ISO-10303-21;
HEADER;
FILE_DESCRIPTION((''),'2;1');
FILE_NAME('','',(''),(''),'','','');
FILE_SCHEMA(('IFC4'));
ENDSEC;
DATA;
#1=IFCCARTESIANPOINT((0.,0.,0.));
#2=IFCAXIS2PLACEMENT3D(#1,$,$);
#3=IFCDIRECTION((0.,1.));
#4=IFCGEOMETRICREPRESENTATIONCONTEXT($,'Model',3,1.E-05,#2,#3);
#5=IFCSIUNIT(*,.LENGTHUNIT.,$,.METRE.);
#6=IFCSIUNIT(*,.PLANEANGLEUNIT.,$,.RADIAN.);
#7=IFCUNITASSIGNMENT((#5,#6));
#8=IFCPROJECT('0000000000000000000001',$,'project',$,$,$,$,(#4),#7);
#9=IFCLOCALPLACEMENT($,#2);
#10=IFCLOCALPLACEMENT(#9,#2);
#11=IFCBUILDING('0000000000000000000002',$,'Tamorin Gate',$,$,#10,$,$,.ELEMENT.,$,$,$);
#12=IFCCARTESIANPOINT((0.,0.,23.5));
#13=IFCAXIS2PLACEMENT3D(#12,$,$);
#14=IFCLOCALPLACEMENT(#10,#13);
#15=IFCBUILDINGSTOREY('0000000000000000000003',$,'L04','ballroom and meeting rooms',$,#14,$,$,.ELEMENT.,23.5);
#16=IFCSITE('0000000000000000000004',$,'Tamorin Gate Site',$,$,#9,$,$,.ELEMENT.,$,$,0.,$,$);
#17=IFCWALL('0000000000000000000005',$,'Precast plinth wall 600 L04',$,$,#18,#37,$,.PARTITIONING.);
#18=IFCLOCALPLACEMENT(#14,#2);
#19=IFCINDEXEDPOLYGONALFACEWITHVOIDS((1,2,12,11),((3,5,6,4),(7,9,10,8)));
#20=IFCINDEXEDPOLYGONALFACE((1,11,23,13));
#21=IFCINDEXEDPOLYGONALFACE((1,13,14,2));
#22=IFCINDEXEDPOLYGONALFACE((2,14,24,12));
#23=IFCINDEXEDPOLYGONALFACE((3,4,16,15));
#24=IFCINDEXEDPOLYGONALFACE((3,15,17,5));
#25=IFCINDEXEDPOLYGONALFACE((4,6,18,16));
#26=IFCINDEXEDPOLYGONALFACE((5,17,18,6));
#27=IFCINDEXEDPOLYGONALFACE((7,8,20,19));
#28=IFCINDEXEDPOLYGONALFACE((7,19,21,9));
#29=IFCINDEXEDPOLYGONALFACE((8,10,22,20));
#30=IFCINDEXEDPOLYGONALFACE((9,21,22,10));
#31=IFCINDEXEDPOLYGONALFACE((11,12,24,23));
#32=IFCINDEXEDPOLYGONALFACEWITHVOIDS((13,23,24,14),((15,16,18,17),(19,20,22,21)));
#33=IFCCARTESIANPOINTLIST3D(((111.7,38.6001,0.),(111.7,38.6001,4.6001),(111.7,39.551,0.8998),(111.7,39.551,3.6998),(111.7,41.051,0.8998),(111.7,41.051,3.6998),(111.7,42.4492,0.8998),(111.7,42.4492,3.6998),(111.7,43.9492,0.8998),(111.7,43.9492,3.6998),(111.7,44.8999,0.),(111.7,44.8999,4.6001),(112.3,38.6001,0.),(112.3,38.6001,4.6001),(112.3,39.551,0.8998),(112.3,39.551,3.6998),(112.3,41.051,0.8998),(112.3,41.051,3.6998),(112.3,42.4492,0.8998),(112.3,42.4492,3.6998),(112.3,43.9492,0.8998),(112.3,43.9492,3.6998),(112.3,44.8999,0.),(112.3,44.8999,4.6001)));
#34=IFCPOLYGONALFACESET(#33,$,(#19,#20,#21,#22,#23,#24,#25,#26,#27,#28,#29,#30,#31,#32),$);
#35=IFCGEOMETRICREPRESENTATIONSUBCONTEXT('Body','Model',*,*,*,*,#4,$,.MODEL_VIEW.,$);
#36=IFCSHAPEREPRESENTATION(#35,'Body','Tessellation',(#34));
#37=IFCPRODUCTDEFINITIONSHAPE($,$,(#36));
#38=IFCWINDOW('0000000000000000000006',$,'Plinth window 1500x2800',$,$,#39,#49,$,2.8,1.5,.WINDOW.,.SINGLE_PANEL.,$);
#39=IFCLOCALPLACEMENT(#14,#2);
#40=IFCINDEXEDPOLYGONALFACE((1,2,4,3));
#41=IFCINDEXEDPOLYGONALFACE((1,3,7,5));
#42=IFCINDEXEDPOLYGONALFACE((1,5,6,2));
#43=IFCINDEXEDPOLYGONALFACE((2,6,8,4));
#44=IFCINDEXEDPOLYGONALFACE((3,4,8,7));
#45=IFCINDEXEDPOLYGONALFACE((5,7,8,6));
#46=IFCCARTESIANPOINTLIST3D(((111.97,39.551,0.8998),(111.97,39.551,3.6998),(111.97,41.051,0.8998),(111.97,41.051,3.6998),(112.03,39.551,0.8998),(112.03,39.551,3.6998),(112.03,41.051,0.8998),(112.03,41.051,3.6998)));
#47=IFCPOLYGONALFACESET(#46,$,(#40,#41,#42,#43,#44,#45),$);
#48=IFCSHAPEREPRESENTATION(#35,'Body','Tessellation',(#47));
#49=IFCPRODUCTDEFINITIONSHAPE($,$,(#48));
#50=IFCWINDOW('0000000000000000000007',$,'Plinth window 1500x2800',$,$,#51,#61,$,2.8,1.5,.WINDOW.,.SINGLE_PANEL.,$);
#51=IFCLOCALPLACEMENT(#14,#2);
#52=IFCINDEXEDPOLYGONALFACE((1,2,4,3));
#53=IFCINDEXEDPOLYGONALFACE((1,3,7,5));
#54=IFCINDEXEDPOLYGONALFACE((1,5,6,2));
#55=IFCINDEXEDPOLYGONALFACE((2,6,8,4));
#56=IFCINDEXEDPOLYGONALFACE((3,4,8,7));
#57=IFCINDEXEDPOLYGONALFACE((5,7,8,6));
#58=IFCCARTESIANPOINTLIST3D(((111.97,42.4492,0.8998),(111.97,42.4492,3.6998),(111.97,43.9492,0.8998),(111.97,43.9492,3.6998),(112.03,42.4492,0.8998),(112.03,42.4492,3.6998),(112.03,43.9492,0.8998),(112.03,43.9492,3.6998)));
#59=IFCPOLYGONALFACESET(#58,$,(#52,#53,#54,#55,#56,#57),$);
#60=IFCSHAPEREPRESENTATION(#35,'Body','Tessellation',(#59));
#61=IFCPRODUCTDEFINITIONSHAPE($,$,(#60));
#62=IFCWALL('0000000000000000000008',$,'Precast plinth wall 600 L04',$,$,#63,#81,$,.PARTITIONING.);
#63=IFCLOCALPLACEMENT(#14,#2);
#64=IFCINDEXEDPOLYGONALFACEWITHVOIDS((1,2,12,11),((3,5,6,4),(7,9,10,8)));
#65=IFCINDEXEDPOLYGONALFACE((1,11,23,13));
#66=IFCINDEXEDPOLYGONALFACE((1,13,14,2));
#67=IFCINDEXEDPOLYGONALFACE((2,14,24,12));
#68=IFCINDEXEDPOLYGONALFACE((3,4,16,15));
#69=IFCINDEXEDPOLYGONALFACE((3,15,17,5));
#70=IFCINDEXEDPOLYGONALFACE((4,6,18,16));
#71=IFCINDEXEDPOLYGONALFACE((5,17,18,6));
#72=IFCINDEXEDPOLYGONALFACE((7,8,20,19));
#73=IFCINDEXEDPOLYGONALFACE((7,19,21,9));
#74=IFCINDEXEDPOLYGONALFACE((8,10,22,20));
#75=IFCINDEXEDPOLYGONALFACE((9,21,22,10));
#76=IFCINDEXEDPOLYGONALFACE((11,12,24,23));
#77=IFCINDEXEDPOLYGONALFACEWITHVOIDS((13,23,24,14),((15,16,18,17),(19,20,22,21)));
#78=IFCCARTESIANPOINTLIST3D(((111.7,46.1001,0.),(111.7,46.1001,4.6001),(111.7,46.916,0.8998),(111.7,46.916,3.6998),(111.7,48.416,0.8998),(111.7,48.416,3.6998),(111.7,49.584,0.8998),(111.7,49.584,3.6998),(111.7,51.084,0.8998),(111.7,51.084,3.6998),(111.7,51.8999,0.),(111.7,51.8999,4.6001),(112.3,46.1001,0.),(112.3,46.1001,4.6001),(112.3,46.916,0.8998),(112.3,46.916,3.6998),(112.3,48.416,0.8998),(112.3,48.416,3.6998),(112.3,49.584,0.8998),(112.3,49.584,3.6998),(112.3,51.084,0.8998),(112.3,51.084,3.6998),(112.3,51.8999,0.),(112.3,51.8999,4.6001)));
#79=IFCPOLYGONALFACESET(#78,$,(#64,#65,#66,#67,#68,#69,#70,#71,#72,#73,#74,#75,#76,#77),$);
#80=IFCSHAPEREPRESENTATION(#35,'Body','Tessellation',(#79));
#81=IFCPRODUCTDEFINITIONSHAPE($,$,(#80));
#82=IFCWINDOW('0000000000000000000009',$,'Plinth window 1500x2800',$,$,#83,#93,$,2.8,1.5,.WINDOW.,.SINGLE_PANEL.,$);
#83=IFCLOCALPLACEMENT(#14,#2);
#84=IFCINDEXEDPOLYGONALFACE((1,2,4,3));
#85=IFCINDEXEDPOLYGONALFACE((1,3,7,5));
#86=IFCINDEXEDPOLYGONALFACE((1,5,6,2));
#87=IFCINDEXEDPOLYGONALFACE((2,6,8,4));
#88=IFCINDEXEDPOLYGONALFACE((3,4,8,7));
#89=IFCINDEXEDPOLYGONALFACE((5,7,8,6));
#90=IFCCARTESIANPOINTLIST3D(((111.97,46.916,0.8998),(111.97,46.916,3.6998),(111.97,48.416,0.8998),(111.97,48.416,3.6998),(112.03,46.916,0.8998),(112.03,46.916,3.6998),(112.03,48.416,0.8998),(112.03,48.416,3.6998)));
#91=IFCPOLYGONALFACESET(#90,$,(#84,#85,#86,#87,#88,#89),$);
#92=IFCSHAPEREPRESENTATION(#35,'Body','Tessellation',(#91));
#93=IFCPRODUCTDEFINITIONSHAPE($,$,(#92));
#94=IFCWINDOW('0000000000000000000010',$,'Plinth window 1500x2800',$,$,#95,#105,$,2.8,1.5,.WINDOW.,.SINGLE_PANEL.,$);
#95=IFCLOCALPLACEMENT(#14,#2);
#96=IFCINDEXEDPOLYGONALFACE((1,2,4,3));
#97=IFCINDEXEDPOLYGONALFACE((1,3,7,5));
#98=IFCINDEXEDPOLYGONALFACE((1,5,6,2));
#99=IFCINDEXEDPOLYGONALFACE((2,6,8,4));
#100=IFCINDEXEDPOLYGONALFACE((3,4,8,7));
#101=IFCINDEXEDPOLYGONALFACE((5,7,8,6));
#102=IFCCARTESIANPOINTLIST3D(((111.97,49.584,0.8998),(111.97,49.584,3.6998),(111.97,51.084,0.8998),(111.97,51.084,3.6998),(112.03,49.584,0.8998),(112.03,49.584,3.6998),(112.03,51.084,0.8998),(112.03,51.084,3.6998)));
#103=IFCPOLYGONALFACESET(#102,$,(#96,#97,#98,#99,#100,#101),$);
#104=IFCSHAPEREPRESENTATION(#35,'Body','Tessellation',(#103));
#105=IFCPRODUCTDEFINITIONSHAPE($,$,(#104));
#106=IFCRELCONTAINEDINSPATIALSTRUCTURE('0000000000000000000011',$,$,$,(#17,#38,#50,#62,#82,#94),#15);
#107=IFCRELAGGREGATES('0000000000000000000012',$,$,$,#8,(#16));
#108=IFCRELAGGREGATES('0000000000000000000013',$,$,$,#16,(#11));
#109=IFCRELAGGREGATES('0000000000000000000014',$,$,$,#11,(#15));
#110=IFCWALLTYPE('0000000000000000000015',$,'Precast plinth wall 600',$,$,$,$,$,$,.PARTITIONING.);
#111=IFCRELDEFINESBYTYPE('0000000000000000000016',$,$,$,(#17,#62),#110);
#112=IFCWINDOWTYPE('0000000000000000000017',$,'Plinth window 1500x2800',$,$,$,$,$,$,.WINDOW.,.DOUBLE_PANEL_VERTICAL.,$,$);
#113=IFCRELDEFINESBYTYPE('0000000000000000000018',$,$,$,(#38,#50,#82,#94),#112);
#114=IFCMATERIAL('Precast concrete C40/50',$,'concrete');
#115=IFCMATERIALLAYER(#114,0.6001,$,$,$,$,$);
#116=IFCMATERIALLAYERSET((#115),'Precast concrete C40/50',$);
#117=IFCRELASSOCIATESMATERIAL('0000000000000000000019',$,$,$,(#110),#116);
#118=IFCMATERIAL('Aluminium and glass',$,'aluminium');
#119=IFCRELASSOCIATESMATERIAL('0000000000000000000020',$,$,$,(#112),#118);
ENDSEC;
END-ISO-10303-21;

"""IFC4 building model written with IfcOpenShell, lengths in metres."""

from ifc_helpers import new_model, si_unit, direction, frame, frame_2d, origin, place, context, subcontext, project, spatial, rectangle, extrude, material, layer, layer_set, type_object, element, fill, save


model = new_model("IFC4")

# Units and contexts
model_context = context("Model", 3, precision=1e-05, world=origin(), true_north=direction((0.0, 1.0)))
body_context = subcontext(model_context, "Body", "Model", "MODEL_VIEW")
ifc_project = project(units=[si_unit("LENGTHUNIT", "METRE"), si_unit("PLANEANGLEUNIT", "RADIAN")], contexts=[model_context])

# Site, building, storey
site_placement = place(None, origin())
site = spatial("IfcSite", under=ifc_project, at=site_placement, Name="Tamorin Gate Site", CompositionType="ELEMENT", RefElevation=0.0)
building_placement = place(site_placement, origin())
building = spatial("IfcBuilding", under=site, at=building_placement, Name="Tamorin Gate", CompositionType="ELEMENT")
storey_placement = place(building_placement, frame((0.0, 0.0, 23.5)))
storey = spatial("IfcBuildingStorey", under=building, at=storey_placement, Name="L04", Description="ballroom and meeting rooms", CompositionType="ELEMENT", Elevation=23.5)

# Walls, openings, windows
ifc_material_1 = material(Name="Precast concrete C40/50", Category="concrete")
ifc_layer = layer(ifc_material_1, 0.6001)
ifc_layer_set = layer_set([ifc_layer], Name="Precast concrete C40/50")
wall_type = type_object("IfcWallType", Name="Precast plinth wall 600", PredefinedType="PARTITIONING", material=ifc_layer_set)
ifc_material_2 = material(Name="Aluminium and glass", Category="aluminium")
window_type = type_object("IfcWindowType", Name="Plinth window 1500x2800", PartitioningType="DOUBLE_PANEL_VERTICAL", PredefinedType="WINDOW", material=ifc_material_2)
wall_1_placement = place(storey_placement, frame((112.0, 38.6001, 0.0), z_axis=(0.0, 0.0, 1.0), x_axis=(0.0, 1.0, 0.0)))
wall_1 = element("IfcWall", 1, at=wall_1_placement, inside=storey, type_object=wall_type, Name="Precast plinth wall 600 L04", PredefinedType="PARTITIONING", context=body_context, shape_type="SweptSolid", body=[
    extrude(rectangle(XDim=6.2998, YDim=0.6001, at=frame_2d((3.1499, 0.0))), origin(), (0.0, 0.0, 1.0), 4.6001),
])
opening_1_placement = place(wall_1_placement, frame((0.9509, 0.0, 0.8999)))
opening_1 = element("IfcOpeningElement", 2, at=opening_1_placement, cuts=wall_1, PredefinedType="OPENING", context=body_context, shape_type="SweptSolid", body=[
    extrude(rectangle(XDim=1.5, YDim=2.8, at=frame_2d((0.75, 1.3999))), frame((0.0, 0.3101, 0.0), z_axis=(0.0, -1.0, 0.0), x_axis=(1.0, 0.0, 0.0)), (0.0, 0.0, 1.0), 0.6201),
])
opening_2_placement = place(wall_1_placement, frame((3.8491, 0.0, 0.8999)))
opening_2 = element("IfcOpeningElement", 3, at=opening_2_placement, cuts=wall_1, PredefinedType="OPENING", context=body_context, shape_type="SweptSolid", body=[
    extrude(rectangle(XDim=1.5, YDim=2.8, at=frame_2d((0.75, 1.3999))), frame((0.0, 0.3101, 0.0), z_axis=(0.0, -1.0, 0.0), x_axis=(1.0, 0.0, 0.0)), (0.0, 0.0, 1.0), 0.6201),
])
window_1_placement = place(opening_1_placement, origin())
window_1 = element("IfcWindow", 4, at=window_1_placement, inside=storey, type_object=window_type, Name="Plinth window 1500x2800", OverallHeight=2.8, OverallWidth=1.5, PartitioningType="SINGLE_PANEL", PredefinedType="WINDOW", context=body_context, shape_type="SweptSolid", body=[
    extrude(rectangle(XDim=1.5, YDim=2.8, at=frame_2d((0.75, 1.3999))), frame((0.0, 0.03, 0.0), z_axis=(0.0, -1.0, 0.0), x_axis=(1.0, 0.0, 0.0)), (0.0, 0.0, 1.0), 0.0601),
])
fill(opening_1, window_1)
window_2_placement = place(opening_2_placement, origin())
window_2 = element("IfcWindow", 5, at=window_2_placement, inside=storey, type_object=window_type, Name="Plinth window 1500x2800", OverallHeight=2.8, OverallWidth=1.5, PartitioningType="SINGLE_PANEL", PredefinedType="WINDOW", context=body_context, shape_type="SweptSolid", body=[
    extrude(rectangle(XDim=1.5, YDim=2.8, at=frame_2d((0.75, 1.3999))), frame((0.0, 0.03, 0.0), z_axis=(0.0, -1.0, 0.0), x_axis=(1.0, 0.0, 0.0)), (0.0, 0.0, 1.0), 0.0601),
])
fill(opening_2, window_2)
wall_2_placement = place(storey_placement, frame((112.0, 46.1001, 0.0), z_axis=(0.0, 0.0, 1.0), x_axis=(0.0, 1.0, 0.0)))
wall_2 = element("IfcWall", 6, at=wall_2_placement, inside=storey, type_object=wall_type, Name="Precast plinth wall 600 L04", PredefinedType="PARTITIONING", context=body_context, shape_type="SweptSolid", body=[
    extrude(rectangle(XDim=5.7998, YDim=0.6001, at=frame_2d((2.8999, 0.0))), origin(), (0.0, 0.0, 1.0), 4.6001),
])
opening_3_placement = place(wall_2_placement, frame((0.8159, 0.0, 0.8999)))
opening_3 = element("IfcOpeningElement", 7, at=opening_3_placement, cuts=wall_2, PredefinedType="OPENING", context=body_context, shape_type="SweptSolid", body=[
    extrude(rectangle(XDim=1.5, YDim=2.8, at=frame_2d((0.75, 1.3999))), frame((0.0, 0.3101, 0.0), z_axis=(0.0, -1.0, 0.0), x_axis=(1.0, 0.0, 0.0)), (0.0, 0.0, 1.0), 0.6201),
])
opening_4_placement = place(wall_2_placement, frame((3.4839, 0.0, 0.8999)))
opening_4 = element("IfcOpeningElement", 8, at=opening_4_placement, cuts=wall_2, PredefinedType="OPENING", context=body_context, shape_type="SweptSolid", body=[
    extrude(rectangle(XDim=1.5, YDim=2.8, at=frame_2d((0.75, 1.3999))), frame((0.0, 0.3101, 0.0), z_axis=(0.0, -1.0, 0.0), x_axis=(1.0, 0.0, 0.0)), (0.0, 0.0, 1.0), 0.6201),
])
window_3_placement = place(opening_3_placement, origin())
window_3 = element("IfcWindow", 9, at=window_3_placement, inside=storey, type_object=window_type, Name="Plinth window 1500x2800", OverallHeight=2.8, OverallWidth=1.5, PartitioningType="SINGLE_PANEL", PredefinedType="WINDOW", context=body_context, shape_type="SweptSolid", body=[
    extrude(rectangle(XDim=1.5, YDim=2.8, at=frame_2d((0.75, 1.3999))), frame((0.0, 0.03, 0.0), z_axis=(0.0, -1.0, 0.0), x_axis=(1.0, 0.0, 0.0)), (0.0, 0.0, 1.0), 0.0601),
])
fill(opening_3, window_3)
window_4_placement = place(opening_4_placement, origin())
window_4 = element("IfcWindow", 10, at=window_4_placement, inside=storey, type_object=window_type, Name="Plinth window 1500x2800", OverallHeight=2.8, OverallWidth=1.5, PartitioningType="SINGLE_PANEL", PredefinedType="WINDOW", context=body_context, shape_type="SweptSolid", body=[
    extrude(rectangle(XDim=1.5, YDim=2.8, at=frame_2d((0.75, 1.3999))), frame((0.0, 0.03, 0.0), z_axis=(0.0, -1.0, 0.0), x_axis=(1.0, 0.0, 0.0)), (0.0, 0.0, 1.0), 0.0601),
])
fill(opening_4, window_4)

save(model, "model.ifc")
